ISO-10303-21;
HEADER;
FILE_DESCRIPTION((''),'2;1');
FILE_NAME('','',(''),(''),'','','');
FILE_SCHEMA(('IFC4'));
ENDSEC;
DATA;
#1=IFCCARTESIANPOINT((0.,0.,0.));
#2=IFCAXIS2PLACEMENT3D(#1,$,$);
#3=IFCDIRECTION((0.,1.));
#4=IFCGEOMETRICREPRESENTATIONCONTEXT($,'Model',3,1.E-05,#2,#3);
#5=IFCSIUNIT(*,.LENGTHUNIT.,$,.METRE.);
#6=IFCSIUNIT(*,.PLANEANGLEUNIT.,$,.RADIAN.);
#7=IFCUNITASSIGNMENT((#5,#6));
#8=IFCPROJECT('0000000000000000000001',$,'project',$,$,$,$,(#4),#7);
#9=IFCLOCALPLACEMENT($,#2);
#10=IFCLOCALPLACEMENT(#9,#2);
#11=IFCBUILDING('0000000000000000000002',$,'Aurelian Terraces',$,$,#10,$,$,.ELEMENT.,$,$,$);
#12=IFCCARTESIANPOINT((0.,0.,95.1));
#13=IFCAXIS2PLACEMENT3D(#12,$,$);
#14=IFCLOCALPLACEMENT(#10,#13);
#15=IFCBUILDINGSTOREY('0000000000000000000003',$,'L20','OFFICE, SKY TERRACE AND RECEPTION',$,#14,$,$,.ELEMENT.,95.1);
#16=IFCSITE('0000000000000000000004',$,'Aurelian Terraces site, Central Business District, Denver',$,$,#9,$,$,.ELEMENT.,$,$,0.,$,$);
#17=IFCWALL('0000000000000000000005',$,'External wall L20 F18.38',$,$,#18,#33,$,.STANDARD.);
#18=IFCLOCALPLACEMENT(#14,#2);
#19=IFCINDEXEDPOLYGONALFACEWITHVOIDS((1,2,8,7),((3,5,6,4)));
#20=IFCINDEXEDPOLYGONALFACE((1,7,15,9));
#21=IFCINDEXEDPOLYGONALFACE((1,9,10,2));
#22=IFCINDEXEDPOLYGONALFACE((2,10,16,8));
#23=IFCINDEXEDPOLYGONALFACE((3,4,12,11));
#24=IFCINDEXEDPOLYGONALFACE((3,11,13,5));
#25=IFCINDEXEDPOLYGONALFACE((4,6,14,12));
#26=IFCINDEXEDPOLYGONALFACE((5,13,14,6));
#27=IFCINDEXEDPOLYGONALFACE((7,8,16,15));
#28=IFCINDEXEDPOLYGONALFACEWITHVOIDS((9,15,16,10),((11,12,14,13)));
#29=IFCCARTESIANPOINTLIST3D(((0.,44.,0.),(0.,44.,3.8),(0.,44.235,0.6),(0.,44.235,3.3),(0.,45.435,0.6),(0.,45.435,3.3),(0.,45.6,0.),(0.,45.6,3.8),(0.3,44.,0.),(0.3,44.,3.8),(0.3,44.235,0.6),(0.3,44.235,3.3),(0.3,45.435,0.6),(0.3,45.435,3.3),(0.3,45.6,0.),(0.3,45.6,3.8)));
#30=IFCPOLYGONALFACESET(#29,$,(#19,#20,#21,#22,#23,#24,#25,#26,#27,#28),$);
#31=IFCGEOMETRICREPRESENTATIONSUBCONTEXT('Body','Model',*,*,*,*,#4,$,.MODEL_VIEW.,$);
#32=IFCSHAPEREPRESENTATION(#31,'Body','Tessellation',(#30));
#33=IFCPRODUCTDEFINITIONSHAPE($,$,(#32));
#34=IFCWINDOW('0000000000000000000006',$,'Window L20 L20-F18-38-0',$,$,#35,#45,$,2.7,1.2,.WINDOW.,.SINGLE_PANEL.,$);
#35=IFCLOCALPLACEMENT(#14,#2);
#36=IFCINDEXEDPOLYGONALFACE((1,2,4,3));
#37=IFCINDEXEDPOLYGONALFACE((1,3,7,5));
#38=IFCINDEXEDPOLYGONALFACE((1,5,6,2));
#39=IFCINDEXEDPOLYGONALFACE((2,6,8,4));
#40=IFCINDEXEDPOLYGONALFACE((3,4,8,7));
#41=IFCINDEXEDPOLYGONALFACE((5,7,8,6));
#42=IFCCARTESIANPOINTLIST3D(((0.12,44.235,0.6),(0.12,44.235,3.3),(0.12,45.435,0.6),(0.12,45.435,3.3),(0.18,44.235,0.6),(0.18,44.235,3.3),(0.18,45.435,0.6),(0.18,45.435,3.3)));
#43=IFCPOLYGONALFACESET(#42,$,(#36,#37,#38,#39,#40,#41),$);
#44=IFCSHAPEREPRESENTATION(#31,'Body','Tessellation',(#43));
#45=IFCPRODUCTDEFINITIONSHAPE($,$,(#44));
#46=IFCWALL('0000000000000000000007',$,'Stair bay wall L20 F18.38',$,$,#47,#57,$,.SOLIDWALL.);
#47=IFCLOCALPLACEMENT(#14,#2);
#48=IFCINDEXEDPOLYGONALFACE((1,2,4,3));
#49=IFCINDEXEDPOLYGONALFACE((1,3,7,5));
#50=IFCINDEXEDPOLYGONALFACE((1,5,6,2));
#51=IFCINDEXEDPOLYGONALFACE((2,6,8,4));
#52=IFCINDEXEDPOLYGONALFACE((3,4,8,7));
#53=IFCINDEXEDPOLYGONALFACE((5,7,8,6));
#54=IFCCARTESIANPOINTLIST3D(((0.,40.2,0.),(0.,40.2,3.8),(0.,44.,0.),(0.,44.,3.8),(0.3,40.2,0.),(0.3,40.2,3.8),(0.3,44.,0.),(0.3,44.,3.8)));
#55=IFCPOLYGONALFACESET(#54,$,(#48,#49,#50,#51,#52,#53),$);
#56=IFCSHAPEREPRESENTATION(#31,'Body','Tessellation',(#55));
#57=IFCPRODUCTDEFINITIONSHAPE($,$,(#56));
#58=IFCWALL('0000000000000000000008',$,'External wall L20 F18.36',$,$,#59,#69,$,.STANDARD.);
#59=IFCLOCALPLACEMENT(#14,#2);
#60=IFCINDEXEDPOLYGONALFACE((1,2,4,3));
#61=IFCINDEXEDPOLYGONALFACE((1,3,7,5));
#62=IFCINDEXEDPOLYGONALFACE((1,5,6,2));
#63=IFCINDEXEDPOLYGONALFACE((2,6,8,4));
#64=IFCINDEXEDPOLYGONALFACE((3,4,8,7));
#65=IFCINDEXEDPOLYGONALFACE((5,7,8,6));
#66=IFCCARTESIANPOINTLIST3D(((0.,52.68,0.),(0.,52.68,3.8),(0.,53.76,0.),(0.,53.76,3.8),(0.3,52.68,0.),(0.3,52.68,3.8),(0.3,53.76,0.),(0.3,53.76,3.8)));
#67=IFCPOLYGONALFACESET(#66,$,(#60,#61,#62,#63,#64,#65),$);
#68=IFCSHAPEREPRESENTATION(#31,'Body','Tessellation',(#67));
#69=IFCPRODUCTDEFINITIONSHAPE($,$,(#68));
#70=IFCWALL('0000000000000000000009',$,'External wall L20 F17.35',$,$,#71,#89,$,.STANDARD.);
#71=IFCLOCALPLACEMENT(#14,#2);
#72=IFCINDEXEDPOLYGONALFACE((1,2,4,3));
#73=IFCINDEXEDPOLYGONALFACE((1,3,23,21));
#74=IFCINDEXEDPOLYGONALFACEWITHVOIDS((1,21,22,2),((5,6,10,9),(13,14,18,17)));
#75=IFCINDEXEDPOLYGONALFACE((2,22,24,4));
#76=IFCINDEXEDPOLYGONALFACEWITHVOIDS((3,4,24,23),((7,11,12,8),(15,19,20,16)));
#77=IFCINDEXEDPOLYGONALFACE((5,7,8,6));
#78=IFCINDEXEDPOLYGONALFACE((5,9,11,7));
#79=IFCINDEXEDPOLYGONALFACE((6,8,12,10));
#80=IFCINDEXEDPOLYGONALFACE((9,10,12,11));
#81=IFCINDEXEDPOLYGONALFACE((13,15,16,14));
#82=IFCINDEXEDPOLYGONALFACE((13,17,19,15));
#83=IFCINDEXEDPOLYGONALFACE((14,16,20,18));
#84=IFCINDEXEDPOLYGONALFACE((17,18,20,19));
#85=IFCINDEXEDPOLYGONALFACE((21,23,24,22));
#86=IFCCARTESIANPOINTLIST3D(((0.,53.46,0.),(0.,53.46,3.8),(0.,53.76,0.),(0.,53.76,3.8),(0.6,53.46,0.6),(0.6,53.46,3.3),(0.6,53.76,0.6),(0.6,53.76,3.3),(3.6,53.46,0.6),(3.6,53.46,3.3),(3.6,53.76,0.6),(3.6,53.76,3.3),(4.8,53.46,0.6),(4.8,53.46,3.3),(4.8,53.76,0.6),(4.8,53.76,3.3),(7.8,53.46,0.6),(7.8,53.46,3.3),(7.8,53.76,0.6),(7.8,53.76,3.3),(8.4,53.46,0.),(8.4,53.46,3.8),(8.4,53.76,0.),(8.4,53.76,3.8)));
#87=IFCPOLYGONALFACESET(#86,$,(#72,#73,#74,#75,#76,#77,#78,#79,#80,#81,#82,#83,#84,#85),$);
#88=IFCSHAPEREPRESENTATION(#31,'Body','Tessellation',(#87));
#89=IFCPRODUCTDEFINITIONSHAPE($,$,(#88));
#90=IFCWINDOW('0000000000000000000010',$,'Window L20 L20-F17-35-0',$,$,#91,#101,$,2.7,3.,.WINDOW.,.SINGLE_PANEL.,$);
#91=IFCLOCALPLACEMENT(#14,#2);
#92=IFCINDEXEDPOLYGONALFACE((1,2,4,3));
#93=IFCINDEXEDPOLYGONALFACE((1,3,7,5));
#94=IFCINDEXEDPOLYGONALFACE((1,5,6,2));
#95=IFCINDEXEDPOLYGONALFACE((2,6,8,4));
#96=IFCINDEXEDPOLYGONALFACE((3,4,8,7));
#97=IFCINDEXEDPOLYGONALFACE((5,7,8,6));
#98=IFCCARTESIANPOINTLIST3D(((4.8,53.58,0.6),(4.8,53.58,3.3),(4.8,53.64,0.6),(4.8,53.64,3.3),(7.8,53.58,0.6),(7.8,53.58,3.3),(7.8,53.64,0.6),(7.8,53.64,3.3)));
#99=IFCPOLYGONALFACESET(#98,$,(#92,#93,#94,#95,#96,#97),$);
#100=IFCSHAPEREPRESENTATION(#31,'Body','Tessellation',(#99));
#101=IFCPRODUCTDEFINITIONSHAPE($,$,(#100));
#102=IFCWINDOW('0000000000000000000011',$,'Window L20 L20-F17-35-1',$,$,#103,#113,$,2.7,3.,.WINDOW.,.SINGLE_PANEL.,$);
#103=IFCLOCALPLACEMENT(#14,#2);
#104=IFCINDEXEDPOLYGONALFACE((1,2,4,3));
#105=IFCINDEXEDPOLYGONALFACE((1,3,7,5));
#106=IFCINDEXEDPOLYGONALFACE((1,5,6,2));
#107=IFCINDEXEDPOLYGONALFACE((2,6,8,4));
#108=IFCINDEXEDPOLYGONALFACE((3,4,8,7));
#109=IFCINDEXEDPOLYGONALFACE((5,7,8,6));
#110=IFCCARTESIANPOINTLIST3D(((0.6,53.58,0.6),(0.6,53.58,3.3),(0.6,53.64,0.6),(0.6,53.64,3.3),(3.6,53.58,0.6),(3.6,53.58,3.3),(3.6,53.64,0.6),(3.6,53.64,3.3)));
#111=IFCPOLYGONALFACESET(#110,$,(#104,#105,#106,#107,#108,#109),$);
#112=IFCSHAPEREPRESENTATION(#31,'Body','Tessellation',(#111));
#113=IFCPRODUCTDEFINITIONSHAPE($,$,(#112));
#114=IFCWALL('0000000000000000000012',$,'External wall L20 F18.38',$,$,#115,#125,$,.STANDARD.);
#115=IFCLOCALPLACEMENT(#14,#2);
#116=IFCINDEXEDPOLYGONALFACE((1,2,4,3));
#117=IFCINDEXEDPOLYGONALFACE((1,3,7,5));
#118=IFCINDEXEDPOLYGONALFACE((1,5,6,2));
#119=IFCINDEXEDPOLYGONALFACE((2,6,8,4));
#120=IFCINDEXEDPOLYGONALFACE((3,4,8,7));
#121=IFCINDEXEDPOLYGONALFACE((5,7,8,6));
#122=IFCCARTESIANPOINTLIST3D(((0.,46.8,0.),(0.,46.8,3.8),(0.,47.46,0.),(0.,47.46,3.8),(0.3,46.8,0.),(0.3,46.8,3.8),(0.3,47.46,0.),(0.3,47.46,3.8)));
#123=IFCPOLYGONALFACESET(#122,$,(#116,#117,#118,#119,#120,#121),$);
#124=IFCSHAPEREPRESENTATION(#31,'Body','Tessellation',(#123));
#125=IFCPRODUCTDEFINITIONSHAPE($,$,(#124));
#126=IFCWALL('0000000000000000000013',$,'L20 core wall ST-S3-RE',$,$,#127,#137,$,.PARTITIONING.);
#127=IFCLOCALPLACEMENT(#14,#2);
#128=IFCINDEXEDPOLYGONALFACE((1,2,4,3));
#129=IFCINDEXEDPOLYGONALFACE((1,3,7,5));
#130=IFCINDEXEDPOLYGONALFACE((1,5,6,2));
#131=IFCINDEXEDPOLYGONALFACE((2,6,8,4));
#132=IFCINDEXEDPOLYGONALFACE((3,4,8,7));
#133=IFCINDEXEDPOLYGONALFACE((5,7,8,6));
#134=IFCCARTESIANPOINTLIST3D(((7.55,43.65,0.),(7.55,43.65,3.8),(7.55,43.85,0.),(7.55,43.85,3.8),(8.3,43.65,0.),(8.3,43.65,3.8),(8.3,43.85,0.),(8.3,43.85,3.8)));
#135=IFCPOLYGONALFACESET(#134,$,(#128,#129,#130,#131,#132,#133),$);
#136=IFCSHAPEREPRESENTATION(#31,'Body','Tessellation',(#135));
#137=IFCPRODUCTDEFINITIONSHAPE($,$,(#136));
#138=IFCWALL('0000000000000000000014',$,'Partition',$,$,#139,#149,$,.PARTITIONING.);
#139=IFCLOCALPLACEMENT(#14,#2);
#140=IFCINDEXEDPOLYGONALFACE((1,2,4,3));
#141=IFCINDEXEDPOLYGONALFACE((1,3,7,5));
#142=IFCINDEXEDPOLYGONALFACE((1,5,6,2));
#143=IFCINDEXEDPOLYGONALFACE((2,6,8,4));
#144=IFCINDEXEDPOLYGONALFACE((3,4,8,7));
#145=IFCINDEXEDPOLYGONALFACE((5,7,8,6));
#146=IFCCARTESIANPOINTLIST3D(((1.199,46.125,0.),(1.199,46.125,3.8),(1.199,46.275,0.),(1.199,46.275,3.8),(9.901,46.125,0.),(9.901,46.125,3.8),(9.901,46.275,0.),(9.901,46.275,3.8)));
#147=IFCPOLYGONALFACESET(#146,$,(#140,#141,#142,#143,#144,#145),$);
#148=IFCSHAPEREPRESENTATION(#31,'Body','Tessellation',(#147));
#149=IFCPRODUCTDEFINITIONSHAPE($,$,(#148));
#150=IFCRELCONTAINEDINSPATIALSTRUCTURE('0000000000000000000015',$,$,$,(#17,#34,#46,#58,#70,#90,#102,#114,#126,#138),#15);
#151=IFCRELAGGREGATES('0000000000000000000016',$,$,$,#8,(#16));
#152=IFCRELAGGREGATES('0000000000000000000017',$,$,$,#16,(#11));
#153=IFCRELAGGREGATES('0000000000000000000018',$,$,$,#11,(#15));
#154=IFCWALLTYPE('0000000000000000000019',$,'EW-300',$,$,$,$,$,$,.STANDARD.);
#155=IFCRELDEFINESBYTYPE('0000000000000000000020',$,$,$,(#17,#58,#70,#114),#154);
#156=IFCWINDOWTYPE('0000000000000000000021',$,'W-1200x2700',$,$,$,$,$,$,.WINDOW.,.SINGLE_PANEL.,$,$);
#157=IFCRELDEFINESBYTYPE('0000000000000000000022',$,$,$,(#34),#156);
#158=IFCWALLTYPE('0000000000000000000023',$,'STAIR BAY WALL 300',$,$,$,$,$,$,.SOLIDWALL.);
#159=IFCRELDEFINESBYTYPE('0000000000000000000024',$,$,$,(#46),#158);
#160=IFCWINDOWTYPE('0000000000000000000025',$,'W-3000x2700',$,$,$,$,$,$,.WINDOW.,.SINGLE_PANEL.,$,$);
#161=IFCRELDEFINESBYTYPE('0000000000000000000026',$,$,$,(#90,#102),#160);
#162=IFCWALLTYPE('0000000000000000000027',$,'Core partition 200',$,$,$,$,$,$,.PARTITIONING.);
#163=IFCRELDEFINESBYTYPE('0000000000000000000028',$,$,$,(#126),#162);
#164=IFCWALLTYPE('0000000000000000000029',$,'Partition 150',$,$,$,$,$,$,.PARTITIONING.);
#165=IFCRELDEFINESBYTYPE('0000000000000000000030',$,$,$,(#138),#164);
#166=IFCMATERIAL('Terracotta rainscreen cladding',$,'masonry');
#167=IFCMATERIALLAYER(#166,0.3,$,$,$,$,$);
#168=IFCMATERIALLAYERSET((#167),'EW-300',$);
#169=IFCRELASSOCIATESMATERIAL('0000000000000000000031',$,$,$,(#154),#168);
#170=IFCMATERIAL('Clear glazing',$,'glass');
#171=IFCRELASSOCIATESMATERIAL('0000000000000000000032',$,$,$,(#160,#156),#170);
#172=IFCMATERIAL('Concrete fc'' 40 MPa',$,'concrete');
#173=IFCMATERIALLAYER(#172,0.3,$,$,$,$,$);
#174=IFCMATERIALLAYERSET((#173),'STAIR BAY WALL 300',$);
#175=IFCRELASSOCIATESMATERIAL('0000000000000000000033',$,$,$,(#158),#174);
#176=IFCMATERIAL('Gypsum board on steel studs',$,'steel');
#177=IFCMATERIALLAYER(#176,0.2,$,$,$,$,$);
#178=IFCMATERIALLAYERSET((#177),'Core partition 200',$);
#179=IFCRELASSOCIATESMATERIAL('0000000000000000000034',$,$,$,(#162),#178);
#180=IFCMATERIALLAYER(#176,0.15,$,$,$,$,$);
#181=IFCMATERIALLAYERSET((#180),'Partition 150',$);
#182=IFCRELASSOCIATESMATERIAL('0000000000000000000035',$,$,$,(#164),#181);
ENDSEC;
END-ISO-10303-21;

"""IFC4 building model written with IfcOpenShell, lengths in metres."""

from ifc_helpers import new_model, si_unit, direction, frame, frame_2d, origin, place, context, subcontext, project, spatial, rectangle, extrude, source, transform, mapped, material, layer, layer_set, type_object, element, fill, save


model = new_model("IFC4")

# Units and contexts
model_context = context("Model", 3, precision=1e-05, world=origin(), true_north=direction((0.0, 1.0)))
body_context = subcontext(model_context, "Body", "Model", "MODEL_VIEW")
ifc_project = project(units=[si_unit("LENGTHUNIT", "METRE"), si_unit("PLANEANGLEUNIT", "RADIAN")], contexts=[model_context])

# Site, building, storey
site_placement = place(None, origin())
site = spatial("IfcSite", under=ifc_project, at=site_placement, Name="Aurelian Terraces site, Central Business District, Denver", CompositionType="ELEMENT", RefElevation=0.0)
building_placement = place(site_placement, origin())
building = spatial("IfcBuilding", under=site, at=building_placement, Name="Aurelian Terraces", CompositionType="ELEMENT")
storey_placement = place(building_placement, frame((0.0, 0.0, 95.1)))
storey = spatial("IfcBuildingStorey", under=building, at=storey_placement, Name="L20", Description="OFFICE, SKY TERRACE AND RECEPTION", CompositionType="ELEMENT", Elevation=95.1)

# Shared definitions
ifc_material_1 = material(Name="Concrete fc' 40 MPa", Category="concrete")

# Shared definitions
ifc_material_2 = material(Name="Terracotta rainscreen cladding", Category="masonry")
ifc_layer_1 = layer(ifc_material_2, 0.3)
ifc_layer_set_1 = layer_set([ifc_layer_1], Name="EW-300")
wall_type_1 = type_object("IfcWallType", Name="EW-300", PredefinedType="STANDARD", material=ifc_layer_set_1)

# Shared definitions
ifc_material_3 = material(Name="Clear glazing", Category="glass")

# Shared definitions
shared_shape_1 = source(origin(), body_context, "Body", "SweptSolid", [
    extrude(rectangle(XDim=3.0, YDim=2.7, at=frame_2d((1.5, 1.35))), frame((0.0, 0.16, 0.0), z_axis=(0.0, -1.0, 0.0), x_axis=(1.0, 0.0, 0.0)), (0.0, 0.0, 1.0), 0.32),
])
window_type_1 = type_object("IfcWindowType", Name="W-3000x2700", PartitioningType="SINGLE_PANEL", PredefinedType="WINDOW", material=ifc_material_3)
shared_shape_2 = source(origin(), body_context, "Body", "SweptSolid", [
    extrude(rectangle(XDim=3.0, YDim=2.7, at=frame_2d((1.5, 1.35))), frame((0.0, 0.03, 0.0), z_axis=(0.0, -1.0, 0.0), x_axis=(1.0, 0.0, 0.0)), (0.0, 0.0, 1.0), 0.06),
])

# Wall, opening, window
shared_shape_3 = source(origin(), body_context, "Body", "SweptSolid", [
    extrude(rectangle(XDim=1.6, YDim=0.3, at=frame_2d((0.8, 0.0))), origin(), (0.0, 0.0, 1.0), 3.8),
])
wall_1_placement = place(storey_placement, frame((0.15, 45.6, 0.0), z_axis=(0.0, 0.0, 1.0), x_axis=(0.0, -1.0, 0.0)))
wall_1 = element("IfcWall", 1, at=wall_1_placement, inside=storey, type_object=wall_type_1, Name="External wall L20 F18.38", PredefinedType="STANDARD", context=body_context, shape_type="MappedRepresentation", body=[
    mapped(shared_shape_3, transform((0.0, 0.0, 0.0), scale=1.0)),
])
shared_shape_4 = source(origin(), body_context, "Body", "SweptSolid", [
    extrude(rectangle(XDim=1.2, YDim=2.7, at=frame_2d((0.6, 1.35))), frame((0.0, 0.16, 0.0), z_axis=(0.0, -1.0, 0.0), x_axis=(1.0, 0.0, 0.0)), (0.0, 0.0, 1.0), 0.32),
])
opening_1_placement = place(wall_1_placement, frame((0.165, 0.0, 0.6)))
opening_1 = element("IfcOpeningElement", 2, at=opening_1_placement, cuts=wall_1, PredefinedType="OPENING", context=body_context, shape_type="MappedRepresentation", body=[
    mapped(shared_shape_4, transform((0.0, 0.0, 0.0), scale=1.0)),
])
window_type_2 = type_object("IfcWindowType", Name="W-1200x2700", PartitioningType="SINGLE_PANEL", PredefinedType="WINDOW", material=ifc_material_3)
shared_shape_5 = source(origin(), body_context, "Body", "SweptSolid", [
    extrude(rectangle(XDim=1.2, YDim=2.7, at=frame_2d((0.6, 1.35))), frame((0.0, 0.03, 0.0), z_axis=(0.0, -1.0, 0.0), x_axis=(1.0, 0.0, 0.0)), (0.0, 0.0, 1.0), 0.06),
])
window_1_placement = place(opening_1_placement, origin())
window_1 = element("IfcWindow", 3, at=window_1_placement, inside=storey, type_object=window_type_2, Name="Window L20 L20-F18-38-0", OverallHeight=2.7, OverallWidth=1.2, PartitioningType="SINGLE_PANEL", PredefinedType="WINDOW", context=body_context, shape_type="MappedRepresentation", body=[
    mapped(shared_shape_5, transform((0.0, 0.0, 0.0), scale=1.0)),
])
fill(opening_1, window_1)

# Walls
ifc_layer_2 = layer(ifc_material_1, 0.3)
ifc_layer_set_2 = layer_set([ifc_layer_2], Name="STAIR BAY WALL 300")
wall_type_2 = type_object("IfcWallType", Name="STAIR BAY WALL 300", PredefinedType="SOLIDWALL", material=ifc_layer_set_2)
shared_shape_6 = source(origin(), body_context, "Body", "SweptSolid", [
    extrude(rectangle(XDim=3.8, YDim=0.3, at=frame_2d((1.9, 0.0))), origin(), (0.0, 0.0, 1.0), 3.8),
])
wall_2_placement = place(storey_placement, frame((0.15, 44.0, 0.0), z_axis=(0.0, 0.0, 1.0), x_axis=(0.0, -1.0, 0.0)))
element("IfcWall", 4, at=wall_2_placement, inside=storey, type_object=wall_type_2, Name="Stair bay wall L20 F18.38", PredefinedType="SOLIDWALL", context=body_context, shape_type="MappedRepresentation", body=[
    mapped(shared_shape_6, transform((0.0, 0.0, 0.0), scale=1.0)),
])
shared_shape_7 = source(origin(), body_context, "Body", "SweptSolid", [
    extrude(rectangle(XDim=1.08, YDim=0.3, at=frame_2d((0.54, 0.0))), origin(), (0.0, 0.0, 1.0), 3.8),
])
wall_3_placement = place(storey_placement, frame((0.15, 53.76, 0.0), z_axis=(0.0, 0.0, 1.0), x_axis=(0.0, -1.0, 0.0)))
element("IfcWall", 5, at=wall_3_placement, inside=storey, type_object=wall_type_1, Name="External wall L20 F18.36", PredefinedType="STANDARD", context=body_context, shape_type="MappedRepresentation", body=[
    mapped(shared_shape_7, transform((0.0, 0.0, 0.0), scale=1.0)),
])

# Wall, openings, windows
shared_shape_8 = source(origin(), body_context, "Body", "SweptSolid", [
    extrude(rectangle(XDim=8.4, YDim=0.3, at=frame_2d((4.2, 0.0))), origin(), (0.0, 0.0, 1.0), 3.8),
])
wall_4_placement = place(storey_placement, frame((8.4, 53.61, 0.0), z_axis=(0.0, 0.0, 1.0), x_axis=(-1.0, 0.0, 0.0)))
wall_4 = element("IfcWall", 6, at=wall_4_placement, inside=storey, type_object=wall_type_1, Name="External wall L20 F17.35", PredefinedType="STANDARD", context=body_context, shape_type="MappedRepresentation", body=[
    mapped(shared_shape_8, transform((0.0, 0.0, 0.0), scale=1.0)),
])
opening_2_placement = place(wall_4_placement, frame((0.6, 0.0, 0.6)))
opening_2 = element("IfcOpeningElement", 7, at=opening_2_placement, cuts=wall_4, PredefinedType="OPENING", context=body_context, shape_type="MappedRepresentation", body=[
    mapped(shared_shape_1, transform((0.0, 0.0, 0.0), scale=1.0)),
])
opening_3_placement = place(wall_4_placement, frame((4.8, 0.0, 0.6)))
opening_3 = element("IfcOpeningElement", 8, at=opening_3_placement, cuts=wall_4, PredefinedType="OPENING", context=body_context, shape_type="MappedRepresentation", body=[
    mapped(shared_shape_1, transform((0.0, 0.0, 0.0), scale=1.0)),
])
window_2_placement = place(opening_2_placement, origin())
window_2 = element("IfcWindow", 9, at=window_2_placement, inside=storey, type_object=window_type_1, Name="Window L20 L20-F17-35-0", OverallHeight=2.7, OverallWidth=3.0, PartitioningType="SINGLE_PANEL", PredefinedType="WINDOW", context=body_context, shape_type="MappedRepresentation", body=[
    mapped(shared_shape_2, transform((0.0, 0.0, 0.0), scale=1.0)),
])
fill(opening_2, window_2)
window_3_placement = place(opening_3_placement, origin())
window_3 = element("IfcWindow", 10, at=window_3_placement, inside=storey, type_object=window_type_1, Name="Window L20 L20-F17-35-1", OverallHeight=2.7, OverallWidth=3.0, PartitioningType="SINGLE_PANEL", PredefinedType="WINDOW", context=body_context, shape_type="MappedRepresentation", body=[
    mapped(shared_shape_2, transform((0.0, 0.0, 0.0), scale=1.0)),
])
fill(opening_3, window_3)

# Walls
shared_shape_9 = source(origin(), body_context, "Body", "SweptSolid", [
    extrude(rectangle(XDim=0.66, YDim=0.3, at=frame_2d((0.33, 0.0))), origin(), (0.0, 0.0, 1.0), 3.8),
])
wall_5_placement = place(storey_placement, frame((0.15, 47.46, 0.0), z_axis=(0.0, 0.0, 1.0), x_axis=(0.0, -1.0, 0.0)))
element("IfcWall", 11, at=wall_5_placement, inside=storey, type_object=wall_type_1, Name="External wall L20 F18.38", PredefinedType="STANDARD", context=body_context, shape_type="MappedRepresentation", body=[
    mapped(shared_shape_9, transform((0.0, 0.0, 0.0), scale=1.0)),
])
ifc_material_4 = material(Name="Gypsum board on steel studs", Category="steel")
ifc_layer_3 = layer(ifc_material_4, 0.2)
ifc_layer_set_3 = layer_set([ifc_layer_3], Name="Core partition 200")
wall_type_3 = type_object("IfcWallType", Name="Core partition 200", PredefinedType="PARTITIONING", material=ifc_layer_set_3)
shared_shape_10 = source(origin(), body_context, "Body", "SweptSolid", [
    extrude(rectangle(XDim=0.75, YDim=0.2, at=frame_2d((0.375, 0.0))), origin(), (0.0, 0.0, 1.0), 3.8),
])
wall_6_placement = place(storey_placement, frame((7.55, 43.75, 0.0), z_axis=(0.0, 0.0, 1.0), x_axis=(1.0, 0.0, 0.0)))
element("IfcWall", 12, at=wall_6_placement, inside=storey, type_object=wall_type_3, Name="L20 core wall ST-S3-RE", PredefinedType="PARTITIONING", context=body_context, shape_type="MappedRepresentation", body=[
    mapped(shared_shape_10, transform((0.0, 0.0, 0.0), scale=1.0)),
])
ifc_layer_4 = layer(ifc_material_4, 0.15)
ifc_layer_set_4 = layer_set([ifc_layer_4], Name="Partition 150")
wall_type_4 = type_object("IfcWallType", Name="Partition 150", PredefinedType="PARTITIONING", material=ifc_layer_set_4)
shared_shape_11 = source(origin(), body_context, "Body", "SweptSolid", [
    extrude(rectangle(XDim=8.702, YDim=0.15, at=frame_2d((4.351, 0.0))), origin(), (0.0, 0.0, 1.0), 3.8),
])
wall_7_placement = place(storey_placement, frame((9.901, 46.2, 0.0), z_axis=(0.0, 0.0, 1.0), x_axis=(-1.0, 0.0, 0.0)))
element("IfcWall", 13, at=wall_7_placement, inside=storey, type_object=wall_type_4, Name="Partition", PredefinedType="PARTITIONING", context=body_context, shape_type="MappedRepresentation", body=[
    mapped(shared_shape_11, transform((0.0, 0.0, 0.0), scale=1.0)),
])

save(model, "model.ifc")
